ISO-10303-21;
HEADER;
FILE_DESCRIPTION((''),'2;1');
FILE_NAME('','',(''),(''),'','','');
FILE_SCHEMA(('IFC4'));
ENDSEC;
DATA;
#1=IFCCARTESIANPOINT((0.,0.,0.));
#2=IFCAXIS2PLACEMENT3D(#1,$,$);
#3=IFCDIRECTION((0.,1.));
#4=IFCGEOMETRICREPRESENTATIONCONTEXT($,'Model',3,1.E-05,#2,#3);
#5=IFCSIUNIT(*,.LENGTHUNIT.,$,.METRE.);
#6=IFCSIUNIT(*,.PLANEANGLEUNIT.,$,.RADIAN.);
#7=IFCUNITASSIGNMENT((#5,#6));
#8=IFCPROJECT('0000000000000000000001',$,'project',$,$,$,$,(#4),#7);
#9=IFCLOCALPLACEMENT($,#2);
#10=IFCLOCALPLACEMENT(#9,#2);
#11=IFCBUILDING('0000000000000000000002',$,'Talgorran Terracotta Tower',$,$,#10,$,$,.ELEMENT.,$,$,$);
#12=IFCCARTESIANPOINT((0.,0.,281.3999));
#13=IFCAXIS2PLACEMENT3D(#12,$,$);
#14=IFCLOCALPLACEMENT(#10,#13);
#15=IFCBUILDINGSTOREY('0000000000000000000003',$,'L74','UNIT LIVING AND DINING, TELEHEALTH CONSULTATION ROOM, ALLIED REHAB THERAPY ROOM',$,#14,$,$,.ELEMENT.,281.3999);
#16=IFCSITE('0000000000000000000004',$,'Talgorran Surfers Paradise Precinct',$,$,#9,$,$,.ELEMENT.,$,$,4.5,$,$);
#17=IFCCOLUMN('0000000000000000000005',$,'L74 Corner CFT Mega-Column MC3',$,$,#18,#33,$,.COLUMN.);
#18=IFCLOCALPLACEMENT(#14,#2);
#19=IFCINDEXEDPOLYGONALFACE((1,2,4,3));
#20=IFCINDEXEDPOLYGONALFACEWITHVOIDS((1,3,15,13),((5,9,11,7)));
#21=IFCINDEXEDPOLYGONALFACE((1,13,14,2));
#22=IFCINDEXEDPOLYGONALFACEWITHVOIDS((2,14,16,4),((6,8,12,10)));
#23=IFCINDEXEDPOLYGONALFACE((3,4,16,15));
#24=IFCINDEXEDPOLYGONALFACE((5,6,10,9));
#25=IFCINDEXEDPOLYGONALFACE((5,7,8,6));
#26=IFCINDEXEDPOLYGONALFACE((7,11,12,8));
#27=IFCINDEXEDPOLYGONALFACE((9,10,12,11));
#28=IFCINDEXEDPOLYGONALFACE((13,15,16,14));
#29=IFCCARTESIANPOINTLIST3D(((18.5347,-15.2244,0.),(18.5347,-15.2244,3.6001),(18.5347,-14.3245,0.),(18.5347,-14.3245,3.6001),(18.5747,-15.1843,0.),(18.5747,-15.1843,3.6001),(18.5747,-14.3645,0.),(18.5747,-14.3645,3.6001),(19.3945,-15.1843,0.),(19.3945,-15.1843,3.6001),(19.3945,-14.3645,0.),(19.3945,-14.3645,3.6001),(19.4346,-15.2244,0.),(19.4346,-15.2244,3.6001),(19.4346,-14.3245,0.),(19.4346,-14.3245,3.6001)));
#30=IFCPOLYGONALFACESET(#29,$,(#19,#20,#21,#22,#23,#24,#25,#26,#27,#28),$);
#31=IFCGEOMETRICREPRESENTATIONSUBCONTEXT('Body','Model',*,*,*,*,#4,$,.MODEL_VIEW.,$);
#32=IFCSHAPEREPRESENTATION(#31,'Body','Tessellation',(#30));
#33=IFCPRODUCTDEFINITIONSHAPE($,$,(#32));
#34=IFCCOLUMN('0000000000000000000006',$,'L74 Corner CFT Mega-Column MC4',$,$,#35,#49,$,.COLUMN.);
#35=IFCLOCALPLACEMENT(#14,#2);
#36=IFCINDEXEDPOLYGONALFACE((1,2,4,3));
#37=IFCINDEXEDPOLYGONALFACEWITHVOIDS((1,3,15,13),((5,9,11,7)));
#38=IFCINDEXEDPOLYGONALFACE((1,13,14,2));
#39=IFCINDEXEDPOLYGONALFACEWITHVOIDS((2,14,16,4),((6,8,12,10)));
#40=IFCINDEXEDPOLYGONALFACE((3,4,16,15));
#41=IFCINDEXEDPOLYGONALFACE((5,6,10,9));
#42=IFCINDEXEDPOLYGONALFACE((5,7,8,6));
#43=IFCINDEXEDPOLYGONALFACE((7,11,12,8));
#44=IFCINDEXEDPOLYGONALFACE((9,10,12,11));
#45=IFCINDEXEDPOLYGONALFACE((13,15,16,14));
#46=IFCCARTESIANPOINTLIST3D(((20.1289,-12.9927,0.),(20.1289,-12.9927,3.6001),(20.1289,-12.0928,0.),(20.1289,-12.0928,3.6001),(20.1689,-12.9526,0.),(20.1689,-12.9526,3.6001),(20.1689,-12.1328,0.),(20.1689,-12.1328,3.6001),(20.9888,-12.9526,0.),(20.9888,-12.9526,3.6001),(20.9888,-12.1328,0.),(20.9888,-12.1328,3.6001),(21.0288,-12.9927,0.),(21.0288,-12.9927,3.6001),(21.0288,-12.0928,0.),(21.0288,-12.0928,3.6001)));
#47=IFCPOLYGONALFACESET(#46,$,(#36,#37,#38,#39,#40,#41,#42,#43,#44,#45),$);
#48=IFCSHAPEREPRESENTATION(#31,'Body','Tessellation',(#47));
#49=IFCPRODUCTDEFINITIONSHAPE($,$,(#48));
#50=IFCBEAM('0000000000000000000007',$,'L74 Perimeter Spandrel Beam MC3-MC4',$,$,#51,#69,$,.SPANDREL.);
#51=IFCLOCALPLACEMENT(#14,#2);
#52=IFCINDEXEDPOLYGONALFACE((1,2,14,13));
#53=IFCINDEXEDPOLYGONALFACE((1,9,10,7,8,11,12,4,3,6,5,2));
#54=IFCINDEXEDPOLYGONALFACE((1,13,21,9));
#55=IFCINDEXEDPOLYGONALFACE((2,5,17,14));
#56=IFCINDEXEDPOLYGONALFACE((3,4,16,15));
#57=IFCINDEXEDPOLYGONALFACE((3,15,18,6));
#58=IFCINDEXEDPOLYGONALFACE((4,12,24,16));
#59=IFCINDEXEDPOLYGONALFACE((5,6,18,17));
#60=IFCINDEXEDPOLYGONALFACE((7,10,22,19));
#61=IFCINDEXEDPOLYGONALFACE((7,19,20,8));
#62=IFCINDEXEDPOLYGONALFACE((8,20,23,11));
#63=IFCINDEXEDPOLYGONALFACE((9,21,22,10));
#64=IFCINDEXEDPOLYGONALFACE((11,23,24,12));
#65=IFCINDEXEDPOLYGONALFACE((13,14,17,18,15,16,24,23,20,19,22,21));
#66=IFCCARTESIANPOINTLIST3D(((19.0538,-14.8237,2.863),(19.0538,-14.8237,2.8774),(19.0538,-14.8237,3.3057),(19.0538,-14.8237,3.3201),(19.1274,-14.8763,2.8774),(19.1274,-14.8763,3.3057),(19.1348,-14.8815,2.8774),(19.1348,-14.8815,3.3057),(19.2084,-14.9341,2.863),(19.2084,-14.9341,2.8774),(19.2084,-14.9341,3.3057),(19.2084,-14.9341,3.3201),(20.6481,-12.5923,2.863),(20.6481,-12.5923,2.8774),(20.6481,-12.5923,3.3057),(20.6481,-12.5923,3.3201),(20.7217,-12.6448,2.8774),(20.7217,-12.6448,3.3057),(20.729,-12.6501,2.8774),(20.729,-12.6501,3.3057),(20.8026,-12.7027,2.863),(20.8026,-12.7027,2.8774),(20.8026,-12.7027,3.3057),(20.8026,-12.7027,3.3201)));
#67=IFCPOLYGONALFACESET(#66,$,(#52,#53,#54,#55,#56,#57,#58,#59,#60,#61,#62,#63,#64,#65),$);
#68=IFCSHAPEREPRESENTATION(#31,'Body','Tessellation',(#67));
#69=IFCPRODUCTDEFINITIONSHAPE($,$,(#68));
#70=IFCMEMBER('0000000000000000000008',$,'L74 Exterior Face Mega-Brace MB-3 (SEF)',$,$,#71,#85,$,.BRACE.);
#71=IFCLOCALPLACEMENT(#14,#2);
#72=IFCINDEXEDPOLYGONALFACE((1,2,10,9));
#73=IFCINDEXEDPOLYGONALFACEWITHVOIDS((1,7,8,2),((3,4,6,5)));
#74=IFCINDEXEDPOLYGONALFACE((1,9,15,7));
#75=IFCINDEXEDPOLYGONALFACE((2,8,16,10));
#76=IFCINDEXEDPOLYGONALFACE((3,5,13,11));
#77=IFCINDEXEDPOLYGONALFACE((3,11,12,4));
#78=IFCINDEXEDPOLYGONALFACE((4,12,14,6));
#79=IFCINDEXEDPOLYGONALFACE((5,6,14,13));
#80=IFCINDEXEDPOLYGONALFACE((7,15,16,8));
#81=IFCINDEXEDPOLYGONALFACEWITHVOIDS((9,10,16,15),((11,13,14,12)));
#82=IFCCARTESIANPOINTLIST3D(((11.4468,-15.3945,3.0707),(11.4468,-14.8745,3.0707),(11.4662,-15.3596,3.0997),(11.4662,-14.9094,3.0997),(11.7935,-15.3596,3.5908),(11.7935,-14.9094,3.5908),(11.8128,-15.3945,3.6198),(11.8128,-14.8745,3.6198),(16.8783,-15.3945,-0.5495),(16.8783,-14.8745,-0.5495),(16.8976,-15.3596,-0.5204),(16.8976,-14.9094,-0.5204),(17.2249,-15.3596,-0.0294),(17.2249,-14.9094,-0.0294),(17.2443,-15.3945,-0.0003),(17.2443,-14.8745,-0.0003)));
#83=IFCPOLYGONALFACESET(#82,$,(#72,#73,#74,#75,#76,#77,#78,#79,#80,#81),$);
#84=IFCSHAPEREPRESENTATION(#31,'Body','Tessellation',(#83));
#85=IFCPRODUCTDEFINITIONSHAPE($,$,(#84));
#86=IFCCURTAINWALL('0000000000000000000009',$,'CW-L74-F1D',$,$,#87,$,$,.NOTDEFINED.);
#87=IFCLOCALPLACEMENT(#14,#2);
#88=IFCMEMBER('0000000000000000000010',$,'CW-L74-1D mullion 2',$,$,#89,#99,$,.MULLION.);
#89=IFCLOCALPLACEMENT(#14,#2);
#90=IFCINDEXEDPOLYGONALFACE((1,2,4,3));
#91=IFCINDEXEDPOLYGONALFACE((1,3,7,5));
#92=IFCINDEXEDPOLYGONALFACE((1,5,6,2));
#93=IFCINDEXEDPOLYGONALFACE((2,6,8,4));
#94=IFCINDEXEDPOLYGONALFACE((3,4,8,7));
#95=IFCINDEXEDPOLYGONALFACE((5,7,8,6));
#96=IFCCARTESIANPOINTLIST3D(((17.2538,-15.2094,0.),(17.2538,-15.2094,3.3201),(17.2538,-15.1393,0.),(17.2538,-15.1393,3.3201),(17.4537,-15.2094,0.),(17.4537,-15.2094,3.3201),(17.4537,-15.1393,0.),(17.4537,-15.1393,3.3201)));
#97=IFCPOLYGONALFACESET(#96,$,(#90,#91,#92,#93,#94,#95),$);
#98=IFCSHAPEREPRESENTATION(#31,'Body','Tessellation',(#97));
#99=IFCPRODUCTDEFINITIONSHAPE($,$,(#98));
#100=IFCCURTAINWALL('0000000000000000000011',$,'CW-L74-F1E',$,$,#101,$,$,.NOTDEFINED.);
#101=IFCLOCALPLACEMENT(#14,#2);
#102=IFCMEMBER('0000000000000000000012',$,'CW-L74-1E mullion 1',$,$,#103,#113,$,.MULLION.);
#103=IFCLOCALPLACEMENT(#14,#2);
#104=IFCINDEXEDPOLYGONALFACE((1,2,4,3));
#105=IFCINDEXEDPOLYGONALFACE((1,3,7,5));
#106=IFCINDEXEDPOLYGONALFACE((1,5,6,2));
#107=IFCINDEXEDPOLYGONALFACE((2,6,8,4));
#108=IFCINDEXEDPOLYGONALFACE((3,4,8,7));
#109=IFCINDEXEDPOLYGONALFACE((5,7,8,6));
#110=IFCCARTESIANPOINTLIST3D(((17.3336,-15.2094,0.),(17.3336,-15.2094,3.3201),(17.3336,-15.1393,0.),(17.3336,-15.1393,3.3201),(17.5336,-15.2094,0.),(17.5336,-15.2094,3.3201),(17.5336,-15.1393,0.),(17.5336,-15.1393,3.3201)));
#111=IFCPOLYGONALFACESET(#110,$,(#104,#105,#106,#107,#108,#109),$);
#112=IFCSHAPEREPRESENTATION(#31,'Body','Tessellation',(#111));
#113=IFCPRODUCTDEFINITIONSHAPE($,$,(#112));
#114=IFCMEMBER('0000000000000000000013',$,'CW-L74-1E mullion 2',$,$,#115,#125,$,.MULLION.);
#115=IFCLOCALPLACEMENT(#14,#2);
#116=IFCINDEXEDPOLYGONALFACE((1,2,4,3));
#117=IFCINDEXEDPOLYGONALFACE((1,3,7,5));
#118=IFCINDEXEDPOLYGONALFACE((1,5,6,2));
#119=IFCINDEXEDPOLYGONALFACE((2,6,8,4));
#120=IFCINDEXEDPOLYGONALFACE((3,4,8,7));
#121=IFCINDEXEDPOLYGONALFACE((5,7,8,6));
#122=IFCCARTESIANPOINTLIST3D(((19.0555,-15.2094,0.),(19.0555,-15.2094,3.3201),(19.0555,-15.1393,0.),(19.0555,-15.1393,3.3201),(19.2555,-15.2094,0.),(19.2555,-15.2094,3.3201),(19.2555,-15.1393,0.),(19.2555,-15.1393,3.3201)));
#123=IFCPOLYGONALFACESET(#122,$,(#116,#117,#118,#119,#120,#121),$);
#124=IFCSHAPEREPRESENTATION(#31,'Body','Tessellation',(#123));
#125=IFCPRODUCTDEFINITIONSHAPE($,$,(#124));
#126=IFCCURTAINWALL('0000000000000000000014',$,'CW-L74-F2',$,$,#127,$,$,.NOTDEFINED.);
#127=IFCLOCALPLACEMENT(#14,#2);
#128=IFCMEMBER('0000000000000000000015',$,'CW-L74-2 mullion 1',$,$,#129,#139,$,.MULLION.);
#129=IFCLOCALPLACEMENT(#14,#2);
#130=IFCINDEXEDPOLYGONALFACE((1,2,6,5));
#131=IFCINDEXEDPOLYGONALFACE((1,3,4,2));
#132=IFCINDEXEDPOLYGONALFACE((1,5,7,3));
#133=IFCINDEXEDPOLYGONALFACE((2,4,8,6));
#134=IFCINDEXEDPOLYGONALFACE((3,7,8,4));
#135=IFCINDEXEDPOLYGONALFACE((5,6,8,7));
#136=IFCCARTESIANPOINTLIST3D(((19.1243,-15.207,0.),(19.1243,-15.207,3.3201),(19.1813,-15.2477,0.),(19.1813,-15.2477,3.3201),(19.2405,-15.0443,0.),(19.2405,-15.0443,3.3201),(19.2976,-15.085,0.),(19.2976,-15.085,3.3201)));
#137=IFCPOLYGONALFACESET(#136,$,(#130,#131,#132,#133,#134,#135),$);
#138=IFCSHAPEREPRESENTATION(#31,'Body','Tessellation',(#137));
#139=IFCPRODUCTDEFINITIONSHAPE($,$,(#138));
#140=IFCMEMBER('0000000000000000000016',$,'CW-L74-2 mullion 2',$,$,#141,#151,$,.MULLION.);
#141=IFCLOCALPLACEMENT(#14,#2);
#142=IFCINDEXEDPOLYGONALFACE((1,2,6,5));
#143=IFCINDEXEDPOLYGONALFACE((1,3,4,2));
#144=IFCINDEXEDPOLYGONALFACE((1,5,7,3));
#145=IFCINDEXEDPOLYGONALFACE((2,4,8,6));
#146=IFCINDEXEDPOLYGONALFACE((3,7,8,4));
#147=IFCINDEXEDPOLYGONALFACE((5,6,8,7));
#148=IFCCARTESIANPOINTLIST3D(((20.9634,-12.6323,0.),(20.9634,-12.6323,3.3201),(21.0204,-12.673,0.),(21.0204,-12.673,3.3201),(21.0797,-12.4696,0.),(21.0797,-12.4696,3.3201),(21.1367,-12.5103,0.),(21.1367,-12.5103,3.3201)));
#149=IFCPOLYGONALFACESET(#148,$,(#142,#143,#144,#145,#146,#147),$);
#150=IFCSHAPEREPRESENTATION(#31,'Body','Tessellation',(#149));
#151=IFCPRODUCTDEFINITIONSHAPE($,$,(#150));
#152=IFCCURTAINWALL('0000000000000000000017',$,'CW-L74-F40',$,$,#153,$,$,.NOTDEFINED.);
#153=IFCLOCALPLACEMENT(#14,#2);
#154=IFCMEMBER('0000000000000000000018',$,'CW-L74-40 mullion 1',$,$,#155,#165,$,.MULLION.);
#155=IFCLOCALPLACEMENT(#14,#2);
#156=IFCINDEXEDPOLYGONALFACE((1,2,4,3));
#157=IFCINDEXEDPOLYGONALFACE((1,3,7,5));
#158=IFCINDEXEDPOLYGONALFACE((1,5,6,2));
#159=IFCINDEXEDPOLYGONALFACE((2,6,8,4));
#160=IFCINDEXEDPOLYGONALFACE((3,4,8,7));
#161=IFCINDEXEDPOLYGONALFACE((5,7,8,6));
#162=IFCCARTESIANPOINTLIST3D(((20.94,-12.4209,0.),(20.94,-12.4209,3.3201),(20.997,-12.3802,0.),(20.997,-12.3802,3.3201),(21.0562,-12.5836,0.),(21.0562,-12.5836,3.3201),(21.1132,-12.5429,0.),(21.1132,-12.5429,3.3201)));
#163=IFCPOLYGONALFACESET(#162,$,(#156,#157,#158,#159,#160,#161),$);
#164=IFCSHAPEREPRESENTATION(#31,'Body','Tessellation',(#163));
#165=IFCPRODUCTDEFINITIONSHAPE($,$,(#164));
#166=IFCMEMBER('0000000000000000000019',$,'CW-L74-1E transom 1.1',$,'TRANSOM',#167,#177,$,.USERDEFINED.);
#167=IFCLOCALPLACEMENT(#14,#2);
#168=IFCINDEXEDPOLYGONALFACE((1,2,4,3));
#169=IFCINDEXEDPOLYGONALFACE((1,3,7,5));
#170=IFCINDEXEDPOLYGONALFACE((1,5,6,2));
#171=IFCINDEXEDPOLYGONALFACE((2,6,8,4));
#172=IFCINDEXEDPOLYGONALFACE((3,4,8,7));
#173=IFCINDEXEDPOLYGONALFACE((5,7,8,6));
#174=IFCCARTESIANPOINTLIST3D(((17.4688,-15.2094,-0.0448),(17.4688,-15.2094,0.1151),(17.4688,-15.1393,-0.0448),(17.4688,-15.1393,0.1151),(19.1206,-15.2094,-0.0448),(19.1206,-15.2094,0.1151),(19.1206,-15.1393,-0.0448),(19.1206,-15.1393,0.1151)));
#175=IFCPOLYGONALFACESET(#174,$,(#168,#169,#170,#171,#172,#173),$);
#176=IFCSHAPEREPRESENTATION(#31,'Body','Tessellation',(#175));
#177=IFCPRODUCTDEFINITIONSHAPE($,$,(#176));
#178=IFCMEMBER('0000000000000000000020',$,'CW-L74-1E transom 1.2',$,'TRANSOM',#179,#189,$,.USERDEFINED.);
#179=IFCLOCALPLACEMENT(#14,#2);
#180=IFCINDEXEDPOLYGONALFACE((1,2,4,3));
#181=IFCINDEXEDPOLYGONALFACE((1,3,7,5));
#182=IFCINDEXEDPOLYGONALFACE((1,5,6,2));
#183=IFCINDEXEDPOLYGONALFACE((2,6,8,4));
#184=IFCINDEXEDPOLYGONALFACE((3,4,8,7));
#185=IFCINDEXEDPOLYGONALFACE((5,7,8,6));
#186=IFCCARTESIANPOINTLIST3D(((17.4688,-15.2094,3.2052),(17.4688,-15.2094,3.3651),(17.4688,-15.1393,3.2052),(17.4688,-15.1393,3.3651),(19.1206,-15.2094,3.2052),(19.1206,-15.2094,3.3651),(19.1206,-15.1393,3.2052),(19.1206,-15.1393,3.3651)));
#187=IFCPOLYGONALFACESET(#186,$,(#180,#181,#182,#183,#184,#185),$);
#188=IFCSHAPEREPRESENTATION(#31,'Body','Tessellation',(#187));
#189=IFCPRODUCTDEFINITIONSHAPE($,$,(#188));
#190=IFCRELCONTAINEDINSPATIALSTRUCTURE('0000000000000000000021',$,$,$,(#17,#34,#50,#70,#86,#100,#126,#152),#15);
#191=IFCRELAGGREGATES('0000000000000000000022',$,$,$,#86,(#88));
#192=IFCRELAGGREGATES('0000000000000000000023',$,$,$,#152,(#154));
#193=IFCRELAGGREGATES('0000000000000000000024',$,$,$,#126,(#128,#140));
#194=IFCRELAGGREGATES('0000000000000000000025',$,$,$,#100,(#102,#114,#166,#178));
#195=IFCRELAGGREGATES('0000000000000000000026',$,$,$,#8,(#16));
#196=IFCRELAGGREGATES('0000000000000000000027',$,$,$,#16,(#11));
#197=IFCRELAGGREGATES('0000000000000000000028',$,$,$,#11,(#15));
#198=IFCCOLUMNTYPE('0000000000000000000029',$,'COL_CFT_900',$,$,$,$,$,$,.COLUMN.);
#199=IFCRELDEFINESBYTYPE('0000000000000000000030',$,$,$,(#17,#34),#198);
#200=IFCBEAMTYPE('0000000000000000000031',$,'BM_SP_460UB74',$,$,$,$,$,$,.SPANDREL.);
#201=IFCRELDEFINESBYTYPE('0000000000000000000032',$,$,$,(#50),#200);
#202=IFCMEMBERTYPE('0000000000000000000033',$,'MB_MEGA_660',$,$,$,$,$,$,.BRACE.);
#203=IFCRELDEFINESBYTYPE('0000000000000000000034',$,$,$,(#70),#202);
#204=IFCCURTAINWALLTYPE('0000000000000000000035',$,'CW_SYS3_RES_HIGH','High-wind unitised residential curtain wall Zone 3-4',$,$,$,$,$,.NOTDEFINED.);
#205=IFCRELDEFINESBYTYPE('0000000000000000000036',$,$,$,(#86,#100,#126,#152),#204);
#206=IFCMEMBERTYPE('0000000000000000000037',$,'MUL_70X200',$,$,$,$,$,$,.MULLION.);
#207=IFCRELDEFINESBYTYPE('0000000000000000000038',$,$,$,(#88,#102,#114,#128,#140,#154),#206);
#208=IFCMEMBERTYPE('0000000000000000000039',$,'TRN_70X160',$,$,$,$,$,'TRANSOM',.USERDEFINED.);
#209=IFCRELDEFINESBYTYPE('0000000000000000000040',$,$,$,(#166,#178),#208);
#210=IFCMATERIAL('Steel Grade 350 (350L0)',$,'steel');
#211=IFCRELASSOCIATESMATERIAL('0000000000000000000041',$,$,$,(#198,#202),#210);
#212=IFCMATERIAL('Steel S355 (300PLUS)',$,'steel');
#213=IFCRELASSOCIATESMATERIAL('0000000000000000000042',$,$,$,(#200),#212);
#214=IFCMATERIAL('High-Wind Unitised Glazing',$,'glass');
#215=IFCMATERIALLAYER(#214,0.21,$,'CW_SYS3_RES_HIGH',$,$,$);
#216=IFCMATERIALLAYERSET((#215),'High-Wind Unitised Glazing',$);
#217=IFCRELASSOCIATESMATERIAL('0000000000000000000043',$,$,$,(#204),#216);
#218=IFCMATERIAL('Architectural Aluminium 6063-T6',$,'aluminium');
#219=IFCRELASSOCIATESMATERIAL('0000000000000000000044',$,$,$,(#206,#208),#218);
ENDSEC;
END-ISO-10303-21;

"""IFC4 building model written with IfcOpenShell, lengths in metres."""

from ifc_helpers import new_model, si_unit, direction, frame, origin, origin_2d, place, context, subcontext, project, spatial, rectangle, hollow_rectangle, i_section, extrude, material, layer, layer_set, material_profile, profile_set, type_object, element, aggregate, save


model = new_model("IFC4")

# Units and contexts
model_context = context("Model", 3, precision=1e-05, world=origin(), true_north=direction((0.0, 1.0)))
body_context = subcontext(model_context, "Body", "Model", "MODEL_VIEW")
ifc_project = project(units=[si_unit("LENGTHUNIT", "METRE"), si_unit("PLANEANGLEUNIT", "RADIAN")], contexts=[model_context])

# Site, building, storey
site_placement = place(None, origin())
site = spatial("IfcSite", under=ifc_project, at=site_placement, Name="Talgorran Surfers Paradise Precinct", CompositionType="ELEMENT", RefElevation=4.5)
building_placement = place(site_placement, origin())
building = spatial("IfcBuilding", under=site, at=building_placement, Name="Talgorran Terracotta Tower", CompositionType="ELEMENT")
storey_placement = place(building_placement, frame((0.0, 0.0, 281.3999)))
storey = spatial("IfcBuildingStorey", under=building, at=storey_placement, Name="L74", Description="UNIT LIVING AND DINING, TELEHEALTH CONSULTATION ROOM, ALLIED REHAB THERAPY ROOM", CompositionType="ELEMENT", Elevation=281.3999)

# Columns
ifc_material_1 = material(Name="Steel Grade 350 (350L0)", Category="steel")
ifc_material_profile_1 = material_profile(ifc_material_1, hollow_rectangle(XDim=0.8999, YDim=0.8999, WallThickness=0.04, at=origin_2d()), Name="CFT900X900X40")
ifc_profile_set_1 = profile_set([ifc_material_profile_1], Name="Steel Grade 350 (350L0)")
column_type = type_object("IfcColumnType", Name="COL_CFT_900", PredefinedType="COLUMN", material=ifc_profile_set_1)
for number, where, z_axis, x_axis, name in (
    (1, (18.9846, -14.7744, 0.0), (0.0, 0.0, 1.0), (1.0, 0.0, 0.0), "L74 Corner CFT Mega-Column MC3"),
    (2, (20.5789, -12.5427, 0.0), (0.0, 0.0, 1.0), (1.0, 0.0, 0.0), "L74 Corner CFT Mega-Column MC4"),
):
    element("IfcColumn", number, at=place(storey_placement, frame(where, z_axis=z_axis, x_axis=x_axis)), inside=storey, type_object=column_type, Name=name, PredefinedType="COLUMN", context=body_context, shape_type="SweptSolid", body=[
        extrude(hollow_rectangle(XDim=0.8999, YDim=0.8999, WallThickness=0.04, at=origin_2d()), origin(), (0.0, 0.0, 1.0), 3.6001),
    ])

# Beam
ifc_material_2 = material(Name="Steel S355 (300PLUS)", Category="steel")
ifc_material_profile_2 = material_profile(ifc_material_2, i_section(OverallWidth=0.1899, OverallDepth=0.457, WebThickness=0.009, FlangeThickness=0.0144, at=origin_2d()), Name="460UB74.6")
ifc_profile_set_2 = profile_set([ifc_material_profile_2], Name="Steel S355 (300PLUS)")
beam_type = type_object("IfcBeamType", Name="BM_SP_460UB74", PredefinedType="SPANDREL", material=ifc_profile_set_2)
beam_placement = place(storey_placement, frame((19.1311, -14.8789, 3.0916), z_axis=(0.581322, 0.813673, 0.0), x_axis=(-0.813673, 0.581322, 0.0)))
element("IfcBeam", 3, at=beam_placement, inside=storey, type_object=beam_type, Name="L74 Perimeter Spandrel Beam MC3-MC4", PredefinedType="SPANDREL", context=body_context, shape_type="SweptSolid", body=[
    extrude(i_section(OverallWidth=0.1899, OverallDepth=0.457, WebThickness=0.009, FlangeThickness=0.0144, at=origin_2d()), origin(), (0.0, 0.0, 1.0), 2.7424),
])

# Member
ifc_material_profile_3 = material_profile(ifc_material_1, hollow_rectangle(XDim=0.52, YDim=0.6599, WallThickness=0.0349, at=origin_2d()), Name="WBOX660X520X35")
ifc_profile_set_3 = profile_set([ifc_material_profile_3], Name="Steel Grade 350 (350L0)")
member_type_1 = type_object("IfcMemberType", Name="MB_MEGA_660", PredefinedType="BRACE", material=ifc_profile_set_3)
member_1_placement = place(storey_placement, frame((17.0613, -15.1345, -0.2749), z_axis=(-0.832108, 0.0, 0.554614), x_axis=(0.0, -1.0, 0.0)))
element("IfcMember", 4, at=member_1_placement, inside=storey, type_object=member_type_1, Name="L74 Exterior Face Mega-Brace MB-3 (SEF)", PredefinedType="BRACE", context=body_context, shape_type="SweptSolid", body=[
    extrude(hollow_rectangle(XDim=0.52, YDim=0.6599, WallThickness=0.0349, at=origin_2d()), origin(), (0.0, 0.0, 1.0), 6.5273),
])

# Curtain wall, member
ifc_material_3 = material(Name="High-Wind Unitised Glazing", Category="glass")
ifc_layer_1 = layer(ifc_material_3, 0.21, Name="CW_SYS3_RES_HIGH")
ifc_layer_set_1 = layer_set([ifc_layer_1], Name="High-Wind Unitised Glazing")
curtain_wall_type = type_object("IfcCurtainWallType", Name="CW_SYS3_RES_HIGH", Description="High-wind unitised residential curtain wall Zone 3-4", PredefinedType="NOTDEFINED", material=ifc_layer_set_1)
curtain_wall_1_placement = place(storey_placement, origin())
curtain_wall_1 = element("IfcCurtainWall", 5, at=curtain_wall_1_placement, inside=storey, type_object=curtain_wall_type, Name="CW-L74-F1D", PredefinedType="NOTDEFINED")
ifc_material_4 = material(Name="Architectural Aluminium 6063-T6", Category="aluminium")
ifc_material_profile_4 = material_profile(ifc_material_4, rectangle(XDim=0.0701, YDim=0.2, at=origin_2d()), Name="CWM70X200")
ifc_profile_set_4 = profile_set([ifc_material_profile_4], Name="Architectural Aluminium 6063-T6")
member_type_2 = type_object("IfcMemberType", Name="MUL_70X200", PredefinedType="MULLION", material=ifc_profile_set_4)
member_2_placement = place(storey_placement, frame((17.3538, -15.1743, 0.0), z_axis=(0.0, 0.0, 1.0), x_axis=(0.0, 1.0, 0.0)))
member_2 = element("IfcMember", 6, at=member_2_placement, type_object=member_type_2, Name="CW-L74-1D mullion 2", PredefinedType="MULLION", context=body_context, shape_type="SweptSolid", body=[
    extrude(rectangle(XDim=0.0701, YDim=0.2, at=origin_2d()), origin(), (0.0, 0.0, 1.0), 3.3201),
])
aggregate(curtain_wall_1, [member_2])

# Curtain walls, members
curtain_wall_2_placement = place(storey_placement, origin())
curtain_wall_2 = element("IfcCurtainWall", 7, at=curtain_wall_2_placement, inside=storey, type_object=curtain_wall_type, Name="CW-L74-F1E", PredefinedType="NOTDEFINED")
member_3_placement = place(storey_placement, frame((17.4336, -15.1743, 0.0), z_axis=(0.0, 0.0, 1.0), x_axis=(0.0, 1.0, 0.0)))
member_3 = element("IfcMember", 8, at=member_3_placement, type_object=member_type_2, Name="CW-L74-1E mullion 1", PredefinedType="MULLION", context=body_context, shape_type="SweptSolid", body=[
    extrude(rectangle(XDim=0.0701, YDim=0.2, at=origin_2d()), origin(), (0.0, 0.0, 1.0), 3.3201),
])
member_4_placement = place(storey_placement, frame((19.1555, -15.1743, 0.0), z_axis=(0.0, 0.0, 1.0), x_axis=(0.0, 1.0, 0.0)))
member_4 = element("IfcMember", 9, at=member_4_placement, type_object=member_type_2, Name="CW-L74-1E mullion 2", PredefinedType="MULLION", context=body_context, shape_type="SweptSolid", body=[
    extrude(rectangle(XDim=0.0701, YDim=0.2, at=origin_2d()), origin(), (0.0, 0.0, 1.0), 3.3201),
])
curtain_wall_3_placement = place(storey_placement, origin())
curtain_wall_3 = element("IfcCurtainWall", 10, at=curtain_wall_3_placement, inside=storey, type_object=curtain_wall_type, Name="CW-L74-F2", PredefinedType="NOTDEFINED")
member_5_placement = place(storey_placement, frame((19.2109, -15.146, 0.0), z_axis=(0.0, 0.0, 1.0), x_axis=(-0.813721, 0.581256, 0.0)))
member_5 = element("IfcMember", 11, at=member_5_placement, type_object=member_type_2, Name="CW-L74-2 mullion 1", PredefinedType="MULLION", context=body_context, shape_type="SweptSolid", body=[
    extrude(rectangle(XDim=0.0701, YDim=0.2, at=origin_2d()), origin(), (0.0, 0.0, 1.0), 3.3201),
])
member_6_placement = place(storey_placement, frame((21.05, -12.5713, 0.0), z_axis=(0.0, 0.0, 1.0), x_axis=(-0.813721, 0.581256, 0.0)))
member_6 = element("IfcMember", 12, at=member_6_placement, type_object=member_type_2, Name="CW-L74-2 mullion 2", PredefinedType="MULLION", context=body_context, shape_type="SweptSolid", body=[
    extrude(rectangle(XDim=0.0701, YDim=0.2, at=origin_2d()), origin(), (0.0, 0.0, 1.0), 3.3201),
])

# Curtain wall, member
curtain_wall_4_placement = place(storey_placement, origin())
curtain_wall_4 = element("IfcCurtainWall", 13, at=curtain_wall_4_placement, inside=storey, type_object=curtain_wall_type, Name="CW-L74-F40", PredefinedType="NOTDEFINED")
member_7_placement = place(storey_placement, frame((21.0266, -12.4819, 0.0), z_axis=(0.0, 0.0, 1.0), x_axis=(-0.813724, -0.581252, 0.0)))
member_7 = element("IfcMember", 14, at=member_7_placement, type_object=member_type_2, Name="CW-L74-40 mullion 1", PredefinedType="MULLION", context=body_context, shape_type="SweptSolid", body=[
    extrude(rectangle(XDim=0.0701, YDim=0.2, at=origin_2d()), origin(), (0.0, 0.0, 1.0), 3.3201),
])
aggregate(curtain_wall_4, [member_7])

# Members
ifc_material_profile_5 = material_profile(ifc_material_4, rectangle(XDim=0.0701, YDim=0.1599, at=origin_2d()), Name="CWT70X160")
ifc_profile_set_5 = profile_set([ifc_material_profile_5], Name="Architectural Aluminium 6063-T6")
member_type_3 = type_object("IfcMemberType", Name="TRN_70X160", ElementType="TRANSOM", PredefinedType="USERDEFINED", material=ifc_profile_set_5)
member_8_placement = place(storey_placement, frame((17.4688, -15.1743, 0.0352), z_axis=(1.0, 0.0, 0.0), x_axis=(0.0, 1.0, 0.0)))
member_8 = element("IfcMember", 15, at=member_8_placement, type_object=member_type_3, Name="CW-L74-1E transom 1.1", ObjectType="TRANSOM", PredefinedType="USERDEFINED", context=body_context, shape_type="SweptSolid", body=[
    extrude(rectangle(XDim=0.0701, YDim=0.1599, at=origin_2d()), origin(), (0.0, 0.0, 1.0), 1.6519),
])
member_9_placement = place(storey_placement, frame((17.4688, -15.1743, 3.2852), z_axis=(1.0, 0.0, 0.0), x_axis=(0.0, 1.0, 0.0)))
member_9 = element("IfcMember", 16, at=member_9_placement, type_object=member_type_3, Name="CW-L74-1E transom 1.2", ObjectType="TRANSOM", PredefinedType="USERDEFINED", context=body_context, shape_type="SweptSolid", body=[
    extrude(rectangle(XDim=0.0701, YDim=0.1599, at=origin_2d()), origin(), (0.0, 0.0, 1.0), 1.6519),
])

aggregate(curtain_wall_3, [member_5, member_6])
aggregate(curtain_wall_2, [member_3, member_4, member_8, member_9])

save(model, "model.ifc")
